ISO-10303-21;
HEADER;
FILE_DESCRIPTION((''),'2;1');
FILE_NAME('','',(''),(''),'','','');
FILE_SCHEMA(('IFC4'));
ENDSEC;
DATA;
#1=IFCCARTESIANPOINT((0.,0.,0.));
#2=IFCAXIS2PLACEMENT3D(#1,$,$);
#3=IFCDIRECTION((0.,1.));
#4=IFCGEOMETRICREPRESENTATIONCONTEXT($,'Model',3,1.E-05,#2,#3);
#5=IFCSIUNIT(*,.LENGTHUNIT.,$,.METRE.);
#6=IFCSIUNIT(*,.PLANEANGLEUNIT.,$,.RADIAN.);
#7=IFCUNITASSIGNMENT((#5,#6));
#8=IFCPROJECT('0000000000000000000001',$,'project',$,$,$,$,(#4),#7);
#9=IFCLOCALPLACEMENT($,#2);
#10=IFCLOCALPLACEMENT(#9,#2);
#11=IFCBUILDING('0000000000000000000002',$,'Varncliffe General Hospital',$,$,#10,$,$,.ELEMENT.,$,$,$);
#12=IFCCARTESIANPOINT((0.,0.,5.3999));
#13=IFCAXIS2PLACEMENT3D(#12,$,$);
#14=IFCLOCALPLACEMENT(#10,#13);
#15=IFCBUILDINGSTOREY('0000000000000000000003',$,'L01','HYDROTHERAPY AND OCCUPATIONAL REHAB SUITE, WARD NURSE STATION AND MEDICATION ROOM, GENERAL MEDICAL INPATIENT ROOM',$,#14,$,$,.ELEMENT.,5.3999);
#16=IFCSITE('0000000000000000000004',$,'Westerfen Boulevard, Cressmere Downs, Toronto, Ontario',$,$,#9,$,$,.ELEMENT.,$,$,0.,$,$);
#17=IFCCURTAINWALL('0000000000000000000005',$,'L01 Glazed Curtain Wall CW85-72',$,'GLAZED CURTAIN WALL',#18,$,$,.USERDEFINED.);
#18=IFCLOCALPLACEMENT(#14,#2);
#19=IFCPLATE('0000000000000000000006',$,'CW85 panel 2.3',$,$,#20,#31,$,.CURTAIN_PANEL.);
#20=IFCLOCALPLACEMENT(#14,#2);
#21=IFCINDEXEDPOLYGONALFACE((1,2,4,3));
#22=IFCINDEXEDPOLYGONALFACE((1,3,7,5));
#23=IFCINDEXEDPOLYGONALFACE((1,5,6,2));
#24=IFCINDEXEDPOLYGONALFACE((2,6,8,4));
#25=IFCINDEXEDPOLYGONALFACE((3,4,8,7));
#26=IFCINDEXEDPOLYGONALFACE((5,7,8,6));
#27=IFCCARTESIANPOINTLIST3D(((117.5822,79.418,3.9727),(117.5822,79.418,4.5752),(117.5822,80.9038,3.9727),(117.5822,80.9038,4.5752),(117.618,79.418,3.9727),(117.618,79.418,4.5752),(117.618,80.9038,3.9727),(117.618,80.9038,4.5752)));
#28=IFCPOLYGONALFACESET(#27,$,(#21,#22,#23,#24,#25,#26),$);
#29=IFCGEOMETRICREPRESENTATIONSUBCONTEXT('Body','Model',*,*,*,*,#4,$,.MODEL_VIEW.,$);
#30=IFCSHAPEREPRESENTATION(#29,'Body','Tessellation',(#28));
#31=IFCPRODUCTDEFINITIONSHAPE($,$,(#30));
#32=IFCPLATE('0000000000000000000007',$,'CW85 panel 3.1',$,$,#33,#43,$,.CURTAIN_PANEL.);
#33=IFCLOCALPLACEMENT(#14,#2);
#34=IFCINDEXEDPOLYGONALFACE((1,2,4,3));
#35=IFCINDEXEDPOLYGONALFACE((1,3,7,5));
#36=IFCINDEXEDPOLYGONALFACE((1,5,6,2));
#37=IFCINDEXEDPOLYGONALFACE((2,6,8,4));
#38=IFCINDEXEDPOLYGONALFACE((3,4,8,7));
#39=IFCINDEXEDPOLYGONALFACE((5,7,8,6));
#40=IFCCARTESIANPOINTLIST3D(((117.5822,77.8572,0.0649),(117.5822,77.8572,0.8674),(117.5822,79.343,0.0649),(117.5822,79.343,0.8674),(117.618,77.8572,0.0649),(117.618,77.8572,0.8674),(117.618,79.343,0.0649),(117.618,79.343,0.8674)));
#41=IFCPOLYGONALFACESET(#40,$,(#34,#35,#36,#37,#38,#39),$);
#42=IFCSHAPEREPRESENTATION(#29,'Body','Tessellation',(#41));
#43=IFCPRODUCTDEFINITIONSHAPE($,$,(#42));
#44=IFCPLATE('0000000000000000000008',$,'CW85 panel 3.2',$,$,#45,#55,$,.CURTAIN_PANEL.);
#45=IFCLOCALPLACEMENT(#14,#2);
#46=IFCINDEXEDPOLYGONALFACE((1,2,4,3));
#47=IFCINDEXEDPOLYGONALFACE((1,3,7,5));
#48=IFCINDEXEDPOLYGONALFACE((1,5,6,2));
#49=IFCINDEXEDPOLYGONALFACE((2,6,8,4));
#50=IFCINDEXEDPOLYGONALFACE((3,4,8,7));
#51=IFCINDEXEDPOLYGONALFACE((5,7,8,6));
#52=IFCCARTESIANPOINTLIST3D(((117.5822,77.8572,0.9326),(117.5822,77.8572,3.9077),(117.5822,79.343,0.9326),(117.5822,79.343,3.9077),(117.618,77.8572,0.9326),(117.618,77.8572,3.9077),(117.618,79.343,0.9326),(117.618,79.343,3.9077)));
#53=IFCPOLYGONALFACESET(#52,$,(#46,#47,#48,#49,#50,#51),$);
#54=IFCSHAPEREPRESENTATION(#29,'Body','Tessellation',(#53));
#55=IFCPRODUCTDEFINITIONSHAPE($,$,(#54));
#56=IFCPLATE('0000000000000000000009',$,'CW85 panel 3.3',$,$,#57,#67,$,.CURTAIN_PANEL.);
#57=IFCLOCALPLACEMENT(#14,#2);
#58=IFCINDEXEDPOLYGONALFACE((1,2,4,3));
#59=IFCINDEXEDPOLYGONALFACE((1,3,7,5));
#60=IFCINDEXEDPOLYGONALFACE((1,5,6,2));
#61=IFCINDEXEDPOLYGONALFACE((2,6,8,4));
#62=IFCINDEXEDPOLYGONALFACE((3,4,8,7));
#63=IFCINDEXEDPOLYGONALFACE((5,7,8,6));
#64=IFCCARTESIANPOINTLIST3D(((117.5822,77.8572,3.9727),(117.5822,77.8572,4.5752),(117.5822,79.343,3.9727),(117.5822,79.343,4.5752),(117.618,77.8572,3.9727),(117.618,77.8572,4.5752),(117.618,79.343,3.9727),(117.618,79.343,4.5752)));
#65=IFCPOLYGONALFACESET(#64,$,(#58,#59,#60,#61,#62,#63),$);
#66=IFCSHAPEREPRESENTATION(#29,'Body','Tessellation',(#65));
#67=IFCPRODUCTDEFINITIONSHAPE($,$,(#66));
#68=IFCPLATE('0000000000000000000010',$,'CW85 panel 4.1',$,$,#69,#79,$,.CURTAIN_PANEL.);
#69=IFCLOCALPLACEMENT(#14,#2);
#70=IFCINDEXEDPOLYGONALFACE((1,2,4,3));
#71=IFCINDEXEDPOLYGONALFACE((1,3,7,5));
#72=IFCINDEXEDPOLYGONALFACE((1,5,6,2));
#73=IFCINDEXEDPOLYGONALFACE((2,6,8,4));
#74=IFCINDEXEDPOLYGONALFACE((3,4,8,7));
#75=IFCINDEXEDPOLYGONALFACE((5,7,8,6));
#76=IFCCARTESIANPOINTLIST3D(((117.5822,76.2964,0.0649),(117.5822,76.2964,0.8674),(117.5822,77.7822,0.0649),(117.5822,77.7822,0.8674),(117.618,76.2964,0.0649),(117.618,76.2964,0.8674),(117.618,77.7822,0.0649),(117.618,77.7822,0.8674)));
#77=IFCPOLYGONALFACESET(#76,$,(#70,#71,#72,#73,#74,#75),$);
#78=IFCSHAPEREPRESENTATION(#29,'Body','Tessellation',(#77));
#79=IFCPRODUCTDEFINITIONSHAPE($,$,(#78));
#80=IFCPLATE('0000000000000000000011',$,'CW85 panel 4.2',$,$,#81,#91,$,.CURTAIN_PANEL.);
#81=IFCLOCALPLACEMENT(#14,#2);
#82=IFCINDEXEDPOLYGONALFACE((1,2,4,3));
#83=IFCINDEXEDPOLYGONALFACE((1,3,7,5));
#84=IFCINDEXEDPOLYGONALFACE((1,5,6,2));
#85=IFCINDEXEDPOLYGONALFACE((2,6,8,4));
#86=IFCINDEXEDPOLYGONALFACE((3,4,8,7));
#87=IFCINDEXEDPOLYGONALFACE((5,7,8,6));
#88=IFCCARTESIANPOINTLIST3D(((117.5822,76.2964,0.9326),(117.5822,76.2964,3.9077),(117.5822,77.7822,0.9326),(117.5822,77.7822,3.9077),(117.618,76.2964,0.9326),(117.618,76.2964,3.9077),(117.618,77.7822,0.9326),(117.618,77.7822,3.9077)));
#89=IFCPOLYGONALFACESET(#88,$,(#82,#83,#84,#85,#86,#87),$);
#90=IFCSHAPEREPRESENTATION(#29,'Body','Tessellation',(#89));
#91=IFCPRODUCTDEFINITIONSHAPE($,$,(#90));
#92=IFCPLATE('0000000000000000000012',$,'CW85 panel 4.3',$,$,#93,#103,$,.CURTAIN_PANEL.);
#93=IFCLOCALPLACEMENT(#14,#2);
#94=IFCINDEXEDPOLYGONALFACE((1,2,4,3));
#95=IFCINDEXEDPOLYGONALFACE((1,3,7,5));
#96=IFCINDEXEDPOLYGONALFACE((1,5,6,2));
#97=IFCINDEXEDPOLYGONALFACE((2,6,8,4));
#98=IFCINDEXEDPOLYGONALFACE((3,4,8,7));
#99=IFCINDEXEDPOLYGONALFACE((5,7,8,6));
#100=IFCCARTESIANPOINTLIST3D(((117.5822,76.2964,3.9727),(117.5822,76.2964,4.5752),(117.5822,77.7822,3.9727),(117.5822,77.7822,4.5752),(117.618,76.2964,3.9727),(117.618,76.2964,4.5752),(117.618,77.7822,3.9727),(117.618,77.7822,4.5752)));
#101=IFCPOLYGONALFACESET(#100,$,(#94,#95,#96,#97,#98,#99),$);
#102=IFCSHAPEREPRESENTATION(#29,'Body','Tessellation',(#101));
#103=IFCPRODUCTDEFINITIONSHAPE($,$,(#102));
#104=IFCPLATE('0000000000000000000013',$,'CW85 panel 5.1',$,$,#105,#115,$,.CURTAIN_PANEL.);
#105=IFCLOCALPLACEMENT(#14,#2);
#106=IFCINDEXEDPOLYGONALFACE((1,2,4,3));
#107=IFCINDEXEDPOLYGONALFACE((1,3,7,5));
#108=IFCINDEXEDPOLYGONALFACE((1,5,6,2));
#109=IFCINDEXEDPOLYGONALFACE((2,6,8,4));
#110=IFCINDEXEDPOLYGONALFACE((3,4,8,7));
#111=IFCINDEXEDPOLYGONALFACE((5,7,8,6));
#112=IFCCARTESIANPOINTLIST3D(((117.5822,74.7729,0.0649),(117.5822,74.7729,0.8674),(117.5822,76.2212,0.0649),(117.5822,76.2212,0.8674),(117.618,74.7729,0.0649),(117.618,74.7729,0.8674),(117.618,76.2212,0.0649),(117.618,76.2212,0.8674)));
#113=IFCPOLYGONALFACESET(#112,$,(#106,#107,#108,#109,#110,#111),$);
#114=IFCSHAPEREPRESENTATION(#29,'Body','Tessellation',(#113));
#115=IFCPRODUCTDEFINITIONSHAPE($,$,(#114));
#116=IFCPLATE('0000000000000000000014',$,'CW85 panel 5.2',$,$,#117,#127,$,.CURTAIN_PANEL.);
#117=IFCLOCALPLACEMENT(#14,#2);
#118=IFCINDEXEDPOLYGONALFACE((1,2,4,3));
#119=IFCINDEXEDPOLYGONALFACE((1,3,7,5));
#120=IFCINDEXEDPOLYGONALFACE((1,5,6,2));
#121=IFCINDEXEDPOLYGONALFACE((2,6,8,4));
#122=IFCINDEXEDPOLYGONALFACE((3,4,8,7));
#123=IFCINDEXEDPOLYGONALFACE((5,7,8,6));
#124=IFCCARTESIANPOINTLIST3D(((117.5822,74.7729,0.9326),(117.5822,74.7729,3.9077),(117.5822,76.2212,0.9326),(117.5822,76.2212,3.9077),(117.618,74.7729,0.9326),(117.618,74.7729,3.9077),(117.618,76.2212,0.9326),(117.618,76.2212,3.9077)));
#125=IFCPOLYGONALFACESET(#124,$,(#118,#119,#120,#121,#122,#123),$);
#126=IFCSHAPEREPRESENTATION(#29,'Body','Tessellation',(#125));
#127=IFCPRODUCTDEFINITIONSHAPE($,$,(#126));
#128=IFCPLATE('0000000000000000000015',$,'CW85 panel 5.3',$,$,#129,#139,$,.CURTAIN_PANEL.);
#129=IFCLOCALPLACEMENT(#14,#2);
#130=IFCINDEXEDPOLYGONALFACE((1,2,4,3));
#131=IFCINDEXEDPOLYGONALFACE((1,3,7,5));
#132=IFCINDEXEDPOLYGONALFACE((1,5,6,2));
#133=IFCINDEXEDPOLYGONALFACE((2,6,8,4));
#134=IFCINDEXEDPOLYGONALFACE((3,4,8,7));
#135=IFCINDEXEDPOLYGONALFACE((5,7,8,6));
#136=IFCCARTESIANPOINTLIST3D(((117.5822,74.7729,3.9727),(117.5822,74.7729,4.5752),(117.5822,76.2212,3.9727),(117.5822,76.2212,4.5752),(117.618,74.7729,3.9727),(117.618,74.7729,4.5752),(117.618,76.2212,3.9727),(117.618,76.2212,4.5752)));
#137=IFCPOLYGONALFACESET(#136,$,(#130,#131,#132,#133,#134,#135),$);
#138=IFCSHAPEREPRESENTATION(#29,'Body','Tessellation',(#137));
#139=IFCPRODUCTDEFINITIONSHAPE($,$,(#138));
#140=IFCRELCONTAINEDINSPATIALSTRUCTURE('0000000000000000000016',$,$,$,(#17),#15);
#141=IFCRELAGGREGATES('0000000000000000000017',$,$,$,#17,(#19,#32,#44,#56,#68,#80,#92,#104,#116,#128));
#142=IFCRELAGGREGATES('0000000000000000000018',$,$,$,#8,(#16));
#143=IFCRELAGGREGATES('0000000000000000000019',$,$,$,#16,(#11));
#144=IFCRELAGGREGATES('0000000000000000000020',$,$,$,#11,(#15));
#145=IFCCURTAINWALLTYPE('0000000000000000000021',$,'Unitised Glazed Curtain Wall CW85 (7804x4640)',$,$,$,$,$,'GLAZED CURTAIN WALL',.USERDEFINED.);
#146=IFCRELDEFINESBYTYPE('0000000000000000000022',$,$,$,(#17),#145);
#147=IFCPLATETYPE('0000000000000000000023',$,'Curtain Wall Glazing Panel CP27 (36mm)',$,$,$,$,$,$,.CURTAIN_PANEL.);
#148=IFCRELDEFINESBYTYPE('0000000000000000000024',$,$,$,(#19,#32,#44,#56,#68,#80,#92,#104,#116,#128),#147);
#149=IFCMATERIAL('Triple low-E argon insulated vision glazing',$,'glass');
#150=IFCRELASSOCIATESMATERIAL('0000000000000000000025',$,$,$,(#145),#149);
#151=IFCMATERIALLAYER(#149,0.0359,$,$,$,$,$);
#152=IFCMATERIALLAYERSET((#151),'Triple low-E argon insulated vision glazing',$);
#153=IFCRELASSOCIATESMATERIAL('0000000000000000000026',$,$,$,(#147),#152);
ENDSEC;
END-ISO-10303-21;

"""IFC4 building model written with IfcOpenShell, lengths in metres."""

from ifc_helpers import new_model, si_unit, direction, frame, origin, origin_2d, place, context, subcontext, project, spatial, rectangle, extrude, material, layer, layer_set, type_object, element, aggregate, save


model = new_model("IFC4")

# Units and contexts
model_context = context("Model", 3, precision=1e-05, world=origin(), true_north=direction((0.0, 1.0)))
body_context = subcontext(model_context, "Body", "Model", "MODEL_VIEW")
ifc_project = project(units=[si_unit("LENGTHUNIT", "METRE"), si_unit("PLANEANGLEUNIT", "RADIAN")], contexts=[model_context])

# Site, building, storey
site_placement = place(None, origin())
site = spatial("IfcSite", under=ifc_project, at=site_placement, Name="Westerfen Boulevard, Cressmere Downs, Toronto, Ontario", CompositionType="ELEMENT", RefElevation=0.0)
building_placement = place(site_placement, origin())
building = spatial("IfcBuilding", under=site, at=building_placement, Name="Varncliffe General Hospital", CompositionType="ELEMENT")
storey_placement = place(building_placement, frame((0.0, 0.0, 5.3999)))
storey = spatial("IfcBuildingStorey", under=building, at=storey_placement, Name="L01", Description="HYDROTHERAPY AND OCCUPATIONAL REHAB SUITE, WARD NURSE STATION AND MEDICATION ROOM, GENERAL MEDICAL INPATIENT ROOM", CompositionType="ELEMENT", Elevation=5.3999)

# Shared definitions
ifc_material_1 = material(Name="Triple low-E argon insulated vision glazing", Category="glass")

# Curtain wall
curtain_wall_type_1 = type_object("IfcCurtainWallType", Name="Unitised Glazed Curtain Wall CW85 (7804x4640)", ElementType="GLAZED CURTAIN WALL", PredefinedType="USERDEFINED", material=ifc_material_1)
curtain_wall_1_placement = place(storey_placement, origin())
curtain_wall_1 = element("IfcCurtainWall", 1, at=curtain_wall_1_placement, inside=storey, type_object=curtain_wall_type_1, Name="L01 Glazed Curtain Wall CW85-72", ObjectType="GLAZED CURTAIN WALL", PredefinedType="USERDEFINED")

# Plates
ifc_layer_1 = layer(ifc_material_1, 0.0359)
ifc_layer_set_1 = layer_set([ifc_layer_1], Name="Triple low-E argon insulated vision glazing")
plate_type_1 = type_object("IfcPlateType", Name="Curtain Wall Glazing Panel CP27 (36mm)", PredefinedType="CURTAIN_PANEL", material=ifc_layer_set_1)
plate_1_placement = place(storey_placement, frame((117.6001, 80.1609, 3.9727), z_axis=(0.0, 0.0, 1.0), x_axis=(0.0, -1.0, 0.0)))
plate_1 = element("IfcPlate", 2, at=plate_1_placement, type_object=plate_type_1, Name="CW85 panel 2.3", PredefinedType="CURTAIN_PANEL", context=body_context, shape_type="SweptSolid", body=[
    extrude(rectangle(XDim=1.4858, YDim=0.0359, at=origin_2d()), origin(), (0.0, 0.0, 1.0), 0.6025),
])
plate_2_placement = place(storey_placement, frame((117.6001, 78.6001, 0.0649), z_axis=(0.0, 0.0, 1.0), x_axis=(0.0, -1.0, 0.0)))
plate_2 = element("IfcPlate", 3, at=plate_2_placement, type_object=plate_type_1, Name="CW85 panel 3.1", PredefinedType="CURTAIN_PANEL", context=body_context, shape_type="SweptSolid", body=[
    extrude(rectangle(XDim=1.4858, YDim=0.0359, at=origin_2d()), origin(), (0.0, 0.0, 1.0), 0.8025),
])
plate_3_placement = place(storey_placement, frame((117.6001, 78.6001, 0.9326), z_axis=(0.0, 0.0, 1.0), x_axis=(0.0, -1.0, 0.0)))
plate_3 = element("IfcPlate", 4, at=plate_3_placement, type_object=plate_type_1, Name="CW85 panel 3.2", PredefinedType="CURTAIN_PANEL", context=body_context, shape_type="SweptSolid", body=[
    extrude(rectangle(XDim=1.4858, YDim=0.0359, at=origin_2d()), origin(), (0.0, 0.0, 1.0), 2.9751),
])
plate_4_placement = place(storey_placement, frame((117.6001, 78.6001, 3.9727), z_axis=(0.0, 0.0, 1.0), x_axis=(0.0, -1.0, 0.0)))
plate_4 = element("IfcPlate", 5, at=plate_4_placement, type_object=plate_type_1, Name="CW85 panel 3.3", PredefinedType="CURTAIN_PANEL", context=body_context, shape_type="SweptSolid", body=[
    extrude(rectangle(XDim=1.4858, YDim=0.0359, at=origin_2d()), origin(), (0.0, 0.0, 1.0), 0.6025),
])
plate_5_placement = place(storey_placement, frame((117.6001, 77.0393, 0.0649), z_axis=(0.0, 0.0, 1.0), x_axis=(0.0, -1.0, 0.0)))
plate_5 = element("IfcPlate", 6, at=plate_5_placement, type_object=plate_type_1, Name="CW85 panel 4.1", PredefinedType="CURTAIN_PANEL", context=body_context, shape_type="SweptSolid", body=[
    extrude(rectangle(XDim=1.4858, YDim=0.0359, at=origin_2d()), origin(), (0.0, 0.0, 1.0), 0.8025),
])
plate_6_placement = place(storey_placement, frame((117.6001, 77.0393, 0.9326), z_axis=(0.0, 0.0, 1.0), x_axis=(0.0, -1.0, 0.0)))
plate_6 = element("IfcPlate", 7, at=plate_6_placement, type_object=plate_type_1, Name="CW85 panel 4.2", PredefinedType="CURTAIN_PANEL", context=body_context, shape_type="SweptSolid", body=[
    extrude(rectangle(XDim=1.4858, YDim=0.0359, at=origin_2d()), origin(), (0.0, 0.0, 1.0), 2.9751),
])
plate_7_placement = place(storey_placement, frame((117.6001, 77.0393, 3.9727), z_axis=(0.0, 0.0, 1.0), x_axis=(0.0, -1.0, 0.0)))
plate_7 = element("IfcPlate", 8, at=plate_7_placement, type_object=plate_type_1, Name="CW85 panel 4.3", PredefinedType="CURTAIN_PANEL", context=body_context, shape_type="SweptSolid", body=[
    extrude(rectangle(XDim=1.4858, YDim=0.0359, at=origin_2d()), origin(), (0.0, 0.0, 1.0), 0.6025),
])
plate_8_placement = place(storey_placement, frame((117.6001, 75.4971, 0.0649), z_axis=(0.0, 0.0, 1.0), x_axis=(0.0, -1.0, 0.0)))
plate_8 = element("IfcPlate", 9, at=plate_8_placement, type_object=plate_type_1, Name="CW85 panel 5.1", PredefinedType="CURTAIN_PANEL", context=body_context, shape_type="SweptSolid", body=[
    extrude(rectangle(XDim=1.4482, YDim=0.0359, at=origin_2d()), origin(), (0.0, 0.0, 1.0), 0.8025),
])
plate_9_placement = place(storey_placement, frame((117.6001, 75.4971, 0.9326), z_axis=(0.0, 0.0, 1.0), x_axis=(0.0, -1.0, 0.0)))
plate_9 = element("IfcPlate", 10, at=plate_9_placement, type_object=plate_type_1, Name="CW85 panel 5.2", PredefinedType="CURTAIN_PANEL", context=body_context, shape_type="SweptSolid", body=[
    extrude(rectangle(XDim=1.4482, YDim=0.0359, at=origin_2d()), origin(), (0.0, 0.0, 1.0), 2.9751),
])
plate_10_placement = place(storey_placement, frame((117.6001, 75.4971, 3.9727), z_axis=(0.0, 0.0, 1.0), x_axis=(0.0, -1.0, 0.0)))
plate_10 = element("IfcPlate", 11, at=plate_10_placement, type_object=plate_type_1, Name="CW85 panel 5.3", PredefinedType="CURTAIN_PANEL", context=body_context, shape_type="SweptSolid", body=[
    extrude(rectangle(XDim=1.4482, YDim=0.0359, at=origin_2d()), origin(), (0.0, 0.0, 1.0), 0.6025),
])
aggregate(curtain_wall_1, [plate_1, plate_2, plate_3, plate_4, plate_5, plate_6, plate_7, plate_8, plate_9, plate_10])

save(model, "model.ifc")
